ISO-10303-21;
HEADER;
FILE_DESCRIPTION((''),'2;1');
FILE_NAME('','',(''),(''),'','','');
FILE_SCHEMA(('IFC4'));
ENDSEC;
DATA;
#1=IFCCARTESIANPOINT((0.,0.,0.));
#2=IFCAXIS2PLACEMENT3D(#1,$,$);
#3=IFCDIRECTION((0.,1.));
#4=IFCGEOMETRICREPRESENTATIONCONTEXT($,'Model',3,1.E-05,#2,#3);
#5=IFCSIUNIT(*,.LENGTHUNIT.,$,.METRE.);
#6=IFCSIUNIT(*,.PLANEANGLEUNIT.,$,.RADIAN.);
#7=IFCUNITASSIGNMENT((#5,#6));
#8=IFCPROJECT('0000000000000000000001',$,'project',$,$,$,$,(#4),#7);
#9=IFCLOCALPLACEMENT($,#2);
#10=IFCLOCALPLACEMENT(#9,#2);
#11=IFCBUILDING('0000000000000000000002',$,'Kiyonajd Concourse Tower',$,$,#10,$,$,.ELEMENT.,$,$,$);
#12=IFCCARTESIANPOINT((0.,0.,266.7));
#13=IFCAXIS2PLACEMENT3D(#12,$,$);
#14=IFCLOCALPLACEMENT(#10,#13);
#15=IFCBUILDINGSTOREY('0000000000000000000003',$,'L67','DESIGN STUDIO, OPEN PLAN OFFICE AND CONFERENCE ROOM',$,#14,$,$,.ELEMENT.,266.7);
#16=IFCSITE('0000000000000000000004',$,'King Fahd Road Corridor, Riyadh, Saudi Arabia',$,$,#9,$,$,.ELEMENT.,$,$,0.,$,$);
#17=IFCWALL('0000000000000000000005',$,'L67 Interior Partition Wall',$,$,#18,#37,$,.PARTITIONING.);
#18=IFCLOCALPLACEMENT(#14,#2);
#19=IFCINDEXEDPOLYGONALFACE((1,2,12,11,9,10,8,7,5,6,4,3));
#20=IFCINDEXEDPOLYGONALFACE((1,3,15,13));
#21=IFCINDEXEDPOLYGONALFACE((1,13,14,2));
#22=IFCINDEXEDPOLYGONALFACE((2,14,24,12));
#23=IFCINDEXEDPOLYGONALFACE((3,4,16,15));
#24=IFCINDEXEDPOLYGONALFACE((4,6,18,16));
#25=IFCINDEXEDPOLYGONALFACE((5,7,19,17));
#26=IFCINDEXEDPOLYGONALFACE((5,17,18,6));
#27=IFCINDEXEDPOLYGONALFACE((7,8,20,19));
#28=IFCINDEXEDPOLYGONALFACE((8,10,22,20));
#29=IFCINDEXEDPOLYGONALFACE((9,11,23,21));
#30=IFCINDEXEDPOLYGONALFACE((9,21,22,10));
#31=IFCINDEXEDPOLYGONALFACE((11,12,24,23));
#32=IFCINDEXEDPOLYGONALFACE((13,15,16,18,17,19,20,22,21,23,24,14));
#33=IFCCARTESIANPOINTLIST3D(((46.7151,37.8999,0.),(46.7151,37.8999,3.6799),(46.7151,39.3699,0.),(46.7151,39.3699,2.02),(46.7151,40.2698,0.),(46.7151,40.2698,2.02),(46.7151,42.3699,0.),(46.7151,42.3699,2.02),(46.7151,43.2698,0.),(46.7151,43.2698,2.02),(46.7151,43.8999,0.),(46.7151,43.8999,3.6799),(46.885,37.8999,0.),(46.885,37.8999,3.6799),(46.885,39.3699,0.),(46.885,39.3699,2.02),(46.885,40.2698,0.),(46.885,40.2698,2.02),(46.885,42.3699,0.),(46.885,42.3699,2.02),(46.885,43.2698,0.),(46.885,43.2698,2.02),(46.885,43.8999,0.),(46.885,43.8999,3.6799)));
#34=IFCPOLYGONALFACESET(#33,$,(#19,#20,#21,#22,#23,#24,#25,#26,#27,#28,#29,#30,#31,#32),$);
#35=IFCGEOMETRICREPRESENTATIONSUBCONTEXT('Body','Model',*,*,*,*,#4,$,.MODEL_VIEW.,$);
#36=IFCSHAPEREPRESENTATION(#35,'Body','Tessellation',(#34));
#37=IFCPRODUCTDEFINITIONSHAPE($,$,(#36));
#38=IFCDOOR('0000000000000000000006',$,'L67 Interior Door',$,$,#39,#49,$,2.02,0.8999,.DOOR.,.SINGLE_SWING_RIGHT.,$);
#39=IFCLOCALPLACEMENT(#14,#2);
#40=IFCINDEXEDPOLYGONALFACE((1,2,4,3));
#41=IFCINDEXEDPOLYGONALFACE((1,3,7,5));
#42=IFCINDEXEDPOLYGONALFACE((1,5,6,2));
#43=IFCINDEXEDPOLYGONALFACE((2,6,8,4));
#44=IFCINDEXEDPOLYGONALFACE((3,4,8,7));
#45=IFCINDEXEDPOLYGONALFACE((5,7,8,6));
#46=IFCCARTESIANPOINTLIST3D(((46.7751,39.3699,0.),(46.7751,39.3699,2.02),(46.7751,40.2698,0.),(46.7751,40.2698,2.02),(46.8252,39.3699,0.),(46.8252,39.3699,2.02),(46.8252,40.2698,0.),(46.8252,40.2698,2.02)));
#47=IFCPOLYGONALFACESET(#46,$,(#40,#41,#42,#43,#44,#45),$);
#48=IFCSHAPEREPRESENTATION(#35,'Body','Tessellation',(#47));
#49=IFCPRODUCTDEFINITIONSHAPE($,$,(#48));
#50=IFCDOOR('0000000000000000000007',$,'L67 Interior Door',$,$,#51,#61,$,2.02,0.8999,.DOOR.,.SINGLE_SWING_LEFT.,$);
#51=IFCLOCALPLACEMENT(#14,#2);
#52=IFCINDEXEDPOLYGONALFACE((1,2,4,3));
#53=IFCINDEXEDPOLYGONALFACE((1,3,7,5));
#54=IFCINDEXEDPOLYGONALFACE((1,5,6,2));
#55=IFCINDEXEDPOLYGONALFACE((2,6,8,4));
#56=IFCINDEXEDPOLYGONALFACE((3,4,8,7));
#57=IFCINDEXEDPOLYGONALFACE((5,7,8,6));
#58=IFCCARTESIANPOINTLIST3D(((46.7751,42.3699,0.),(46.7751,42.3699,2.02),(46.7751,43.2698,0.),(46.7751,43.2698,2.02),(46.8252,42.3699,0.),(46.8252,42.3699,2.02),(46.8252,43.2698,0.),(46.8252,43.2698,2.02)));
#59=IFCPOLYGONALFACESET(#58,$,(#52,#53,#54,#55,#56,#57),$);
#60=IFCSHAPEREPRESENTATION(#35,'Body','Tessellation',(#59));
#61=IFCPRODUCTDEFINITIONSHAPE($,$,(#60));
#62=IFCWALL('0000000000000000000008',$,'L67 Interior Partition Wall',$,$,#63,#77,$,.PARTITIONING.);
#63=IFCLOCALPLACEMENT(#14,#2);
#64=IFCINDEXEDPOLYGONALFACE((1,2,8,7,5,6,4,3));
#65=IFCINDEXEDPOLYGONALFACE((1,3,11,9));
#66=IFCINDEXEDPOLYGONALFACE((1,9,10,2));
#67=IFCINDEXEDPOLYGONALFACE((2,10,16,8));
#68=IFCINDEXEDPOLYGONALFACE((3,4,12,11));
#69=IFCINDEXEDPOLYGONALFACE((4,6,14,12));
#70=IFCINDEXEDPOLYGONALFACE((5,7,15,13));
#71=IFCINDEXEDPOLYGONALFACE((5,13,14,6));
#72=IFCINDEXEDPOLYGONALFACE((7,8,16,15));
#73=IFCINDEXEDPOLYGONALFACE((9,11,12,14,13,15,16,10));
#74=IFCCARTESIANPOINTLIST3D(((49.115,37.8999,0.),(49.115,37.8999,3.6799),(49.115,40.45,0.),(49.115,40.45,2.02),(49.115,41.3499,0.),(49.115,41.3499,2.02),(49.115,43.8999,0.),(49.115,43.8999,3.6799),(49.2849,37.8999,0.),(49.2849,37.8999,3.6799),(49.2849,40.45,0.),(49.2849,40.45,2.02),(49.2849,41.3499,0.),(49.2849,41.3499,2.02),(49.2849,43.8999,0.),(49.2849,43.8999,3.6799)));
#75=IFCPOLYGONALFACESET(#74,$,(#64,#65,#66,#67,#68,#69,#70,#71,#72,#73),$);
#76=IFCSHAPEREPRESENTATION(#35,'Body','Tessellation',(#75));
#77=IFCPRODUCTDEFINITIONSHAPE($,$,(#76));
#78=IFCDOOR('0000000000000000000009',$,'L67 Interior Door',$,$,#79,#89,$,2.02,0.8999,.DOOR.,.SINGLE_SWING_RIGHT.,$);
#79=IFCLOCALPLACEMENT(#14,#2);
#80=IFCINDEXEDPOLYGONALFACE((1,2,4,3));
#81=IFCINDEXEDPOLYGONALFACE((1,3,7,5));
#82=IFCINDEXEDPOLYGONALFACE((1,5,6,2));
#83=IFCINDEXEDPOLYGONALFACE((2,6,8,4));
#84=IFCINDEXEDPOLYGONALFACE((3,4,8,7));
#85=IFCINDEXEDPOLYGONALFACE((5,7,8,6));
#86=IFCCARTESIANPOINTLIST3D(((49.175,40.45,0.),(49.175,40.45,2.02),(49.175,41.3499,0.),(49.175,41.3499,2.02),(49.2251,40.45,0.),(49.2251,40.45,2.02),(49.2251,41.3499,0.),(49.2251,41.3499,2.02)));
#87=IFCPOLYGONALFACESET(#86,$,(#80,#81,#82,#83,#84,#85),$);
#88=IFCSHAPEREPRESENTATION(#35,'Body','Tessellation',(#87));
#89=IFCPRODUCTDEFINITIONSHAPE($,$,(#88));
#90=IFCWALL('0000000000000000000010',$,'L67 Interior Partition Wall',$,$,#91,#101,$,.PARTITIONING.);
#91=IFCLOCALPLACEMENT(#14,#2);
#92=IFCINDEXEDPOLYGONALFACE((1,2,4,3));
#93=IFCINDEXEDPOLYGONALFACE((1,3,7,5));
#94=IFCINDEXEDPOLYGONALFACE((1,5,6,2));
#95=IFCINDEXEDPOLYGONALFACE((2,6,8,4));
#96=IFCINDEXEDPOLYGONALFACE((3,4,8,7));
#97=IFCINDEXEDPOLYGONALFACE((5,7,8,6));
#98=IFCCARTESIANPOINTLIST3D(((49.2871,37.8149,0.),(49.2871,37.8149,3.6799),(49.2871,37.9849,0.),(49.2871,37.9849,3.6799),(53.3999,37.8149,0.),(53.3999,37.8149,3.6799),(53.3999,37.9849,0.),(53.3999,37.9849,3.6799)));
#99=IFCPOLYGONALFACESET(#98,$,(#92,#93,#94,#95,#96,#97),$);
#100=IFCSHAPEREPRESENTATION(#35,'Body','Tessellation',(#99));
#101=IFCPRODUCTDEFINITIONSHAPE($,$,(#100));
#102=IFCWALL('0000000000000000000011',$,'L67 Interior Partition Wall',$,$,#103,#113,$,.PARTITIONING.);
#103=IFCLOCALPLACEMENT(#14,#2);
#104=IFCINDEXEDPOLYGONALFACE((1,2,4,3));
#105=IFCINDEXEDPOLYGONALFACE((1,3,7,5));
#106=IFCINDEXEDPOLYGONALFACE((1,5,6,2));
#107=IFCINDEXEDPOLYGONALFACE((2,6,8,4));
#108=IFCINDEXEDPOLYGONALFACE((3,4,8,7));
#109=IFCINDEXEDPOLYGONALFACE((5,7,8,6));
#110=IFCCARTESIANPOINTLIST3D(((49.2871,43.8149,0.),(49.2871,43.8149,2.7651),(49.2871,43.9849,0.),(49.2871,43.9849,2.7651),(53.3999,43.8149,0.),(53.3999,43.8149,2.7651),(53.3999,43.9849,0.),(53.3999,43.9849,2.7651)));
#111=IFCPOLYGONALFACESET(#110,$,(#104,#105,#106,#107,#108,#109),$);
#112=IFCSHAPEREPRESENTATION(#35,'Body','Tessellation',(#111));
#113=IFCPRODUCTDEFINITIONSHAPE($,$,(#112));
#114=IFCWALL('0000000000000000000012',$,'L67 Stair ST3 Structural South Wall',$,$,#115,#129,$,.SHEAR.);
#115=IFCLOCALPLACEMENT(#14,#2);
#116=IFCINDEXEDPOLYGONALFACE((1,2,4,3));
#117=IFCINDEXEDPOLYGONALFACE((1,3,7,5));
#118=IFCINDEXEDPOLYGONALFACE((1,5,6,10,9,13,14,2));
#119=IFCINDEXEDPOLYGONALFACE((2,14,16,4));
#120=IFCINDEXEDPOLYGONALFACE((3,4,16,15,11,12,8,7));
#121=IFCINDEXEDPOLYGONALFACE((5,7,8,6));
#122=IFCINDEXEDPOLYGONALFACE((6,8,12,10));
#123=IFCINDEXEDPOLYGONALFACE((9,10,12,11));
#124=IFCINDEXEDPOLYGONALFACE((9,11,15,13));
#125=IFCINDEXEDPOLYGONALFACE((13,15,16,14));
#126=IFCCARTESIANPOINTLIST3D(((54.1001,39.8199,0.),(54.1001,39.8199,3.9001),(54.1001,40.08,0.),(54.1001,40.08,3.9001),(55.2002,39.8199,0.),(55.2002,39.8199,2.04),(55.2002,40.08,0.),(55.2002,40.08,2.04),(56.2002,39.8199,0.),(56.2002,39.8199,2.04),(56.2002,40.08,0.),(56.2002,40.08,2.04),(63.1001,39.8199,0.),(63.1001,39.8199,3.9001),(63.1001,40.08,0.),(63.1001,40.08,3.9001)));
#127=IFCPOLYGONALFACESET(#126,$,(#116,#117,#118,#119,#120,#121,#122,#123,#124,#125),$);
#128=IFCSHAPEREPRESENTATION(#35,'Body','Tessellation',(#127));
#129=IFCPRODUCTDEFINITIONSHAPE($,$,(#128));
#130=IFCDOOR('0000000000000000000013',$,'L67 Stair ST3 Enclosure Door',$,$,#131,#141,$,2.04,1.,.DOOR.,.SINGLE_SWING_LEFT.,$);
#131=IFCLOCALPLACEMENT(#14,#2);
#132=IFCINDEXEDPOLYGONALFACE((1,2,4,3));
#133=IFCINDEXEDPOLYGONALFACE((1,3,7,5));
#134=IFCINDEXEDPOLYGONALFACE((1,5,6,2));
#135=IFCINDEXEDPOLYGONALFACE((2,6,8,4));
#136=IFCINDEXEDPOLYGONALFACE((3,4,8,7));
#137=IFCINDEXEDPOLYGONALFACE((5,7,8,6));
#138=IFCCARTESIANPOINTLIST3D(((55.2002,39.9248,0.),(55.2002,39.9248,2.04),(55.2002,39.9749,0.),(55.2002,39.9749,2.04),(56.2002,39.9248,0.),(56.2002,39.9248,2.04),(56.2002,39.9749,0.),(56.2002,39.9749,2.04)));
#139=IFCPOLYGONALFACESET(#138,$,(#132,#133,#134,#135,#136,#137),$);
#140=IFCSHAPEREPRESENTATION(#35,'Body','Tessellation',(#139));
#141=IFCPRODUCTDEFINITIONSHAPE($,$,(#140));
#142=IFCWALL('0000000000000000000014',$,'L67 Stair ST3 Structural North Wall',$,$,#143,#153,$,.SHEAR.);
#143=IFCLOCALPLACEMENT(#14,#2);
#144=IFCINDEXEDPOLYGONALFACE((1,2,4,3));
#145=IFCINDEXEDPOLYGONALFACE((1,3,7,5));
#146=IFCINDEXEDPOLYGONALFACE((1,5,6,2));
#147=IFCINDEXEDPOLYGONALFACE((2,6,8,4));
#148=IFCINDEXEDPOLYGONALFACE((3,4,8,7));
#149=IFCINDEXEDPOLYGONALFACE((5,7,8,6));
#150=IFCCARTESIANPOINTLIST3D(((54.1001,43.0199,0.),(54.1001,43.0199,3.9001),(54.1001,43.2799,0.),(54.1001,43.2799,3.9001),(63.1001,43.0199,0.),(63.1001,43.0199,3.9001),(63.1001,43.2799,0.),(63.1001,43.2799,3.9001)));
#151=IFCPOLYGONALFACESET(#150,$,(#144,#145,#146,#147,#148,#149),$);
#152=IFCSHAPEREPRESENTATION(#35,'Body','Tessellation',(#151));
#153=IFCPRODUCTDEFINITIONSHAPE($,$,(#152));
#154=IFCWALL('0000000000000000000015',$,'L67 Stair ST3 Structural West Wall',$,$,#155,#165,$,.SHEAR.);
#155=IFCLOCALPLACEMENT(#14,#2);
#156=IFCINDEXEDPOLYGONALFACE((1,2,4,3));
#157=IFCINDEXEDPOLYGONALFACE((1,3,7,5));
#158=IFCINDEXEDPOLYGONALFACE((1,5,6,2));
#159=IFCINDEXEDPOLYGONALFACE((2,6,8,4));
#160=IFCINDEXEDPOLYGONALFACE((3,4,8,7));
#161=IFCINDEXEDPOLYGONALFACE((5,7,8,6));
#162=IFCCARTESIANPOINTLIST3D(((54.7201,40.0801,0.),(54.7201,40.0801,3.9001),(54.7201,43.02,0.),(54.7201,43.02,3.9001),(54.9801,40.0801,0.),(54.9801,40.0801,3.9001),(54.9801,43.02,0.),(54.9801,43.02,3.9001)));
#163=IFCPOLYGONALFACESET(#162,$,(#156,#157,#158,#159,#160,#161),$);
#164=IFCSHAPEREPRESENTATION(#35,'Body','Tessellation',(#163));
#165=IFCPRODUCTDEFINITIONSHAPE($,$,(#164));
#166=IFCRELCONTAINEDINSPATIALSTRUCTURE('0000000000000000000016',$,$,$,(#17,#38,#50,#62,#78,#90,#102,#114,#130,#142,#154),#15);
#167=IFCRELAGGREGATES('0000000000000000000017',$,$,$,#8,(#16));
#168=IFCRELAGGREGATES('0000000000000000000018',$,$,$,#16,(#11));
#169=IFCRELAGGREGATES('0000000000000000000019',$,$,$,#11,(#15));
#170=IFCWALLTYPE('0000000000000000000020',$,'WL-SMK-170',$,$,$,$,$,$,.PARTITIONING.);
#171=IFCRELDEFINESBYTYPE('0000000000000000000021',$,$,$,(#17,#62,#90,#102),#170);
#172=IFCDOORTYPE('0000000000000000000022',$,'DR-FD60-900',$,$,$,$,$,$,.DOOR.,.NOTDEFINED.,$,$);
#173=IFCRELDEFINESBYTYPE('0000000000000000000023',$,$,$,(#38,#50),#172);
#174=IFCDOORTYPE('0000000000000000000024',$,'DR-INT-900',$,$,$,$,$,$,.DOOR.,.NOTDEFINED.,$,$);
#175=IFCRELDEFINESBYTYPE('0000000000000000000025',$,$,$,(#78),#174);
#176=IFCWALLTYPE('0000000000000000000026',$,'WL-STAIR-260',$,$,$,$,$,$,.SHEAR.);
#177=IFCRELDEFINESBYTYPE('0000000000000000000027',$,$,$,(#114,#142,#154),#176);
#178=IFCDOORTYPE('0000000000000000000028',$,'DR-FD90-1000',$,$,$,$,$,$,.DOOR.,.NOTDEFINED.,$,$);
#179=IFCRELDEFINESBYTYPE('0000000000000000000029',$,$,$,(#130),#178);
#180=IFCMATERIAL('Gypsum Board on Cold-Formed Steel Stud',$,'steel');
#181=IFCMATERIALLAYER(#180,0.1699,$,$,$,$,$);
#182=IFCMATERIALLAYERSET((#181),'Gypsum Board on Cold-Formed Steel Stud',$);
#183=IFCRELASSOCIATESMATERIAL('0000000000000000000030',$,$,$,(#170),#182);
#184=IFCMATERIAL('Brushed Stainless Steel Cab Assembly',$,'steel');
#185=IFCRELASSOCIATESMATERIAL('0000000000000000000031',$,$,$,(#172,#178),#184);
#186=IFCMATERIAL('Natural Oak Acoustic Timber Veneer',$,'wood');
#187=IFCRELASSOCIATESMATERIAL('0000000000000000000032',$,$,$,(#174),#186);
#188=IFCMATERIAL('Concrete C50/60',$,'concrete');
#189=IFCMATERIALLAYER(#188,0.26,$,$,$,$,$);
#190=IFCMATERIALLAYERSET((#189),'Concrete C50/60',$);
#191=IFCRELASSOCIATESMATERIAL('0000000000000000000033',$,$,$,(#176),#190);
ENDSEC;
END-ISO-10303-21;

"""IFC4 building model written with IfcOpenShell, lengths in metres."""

from ifc_helpers import new_model, si_unit, direction, frame, frame_2d, origin, place, context, subcontext, project, spatial, rectangle, extrude, material, layer, layer_set, type_object, element, fill, save


model = new_model("IFC4")

# Units and contexts
model_context = context("Model", 3, precision=1e-05, world=origin(), true_north=direction((0.0, 1.0)))
body_context = subcontext(model_context, "Body", "Model", "MODEL_VIEW")
ifc_project = project(units=[si_unit("LENGTHUNIT", "METRE"), si_unit("PLANEANGLEUNIT", "RADIAN")], contexts=[model_context])

# Site, building, storey
site_placement = place(None, origin())
site = spatial("IfcSite", under=ifc_project, at=site_placement, Name="King Fahd Road Corridor, Riyadh, Saudi Arabia", CompositionType="ELEMENT", RefElevation=0.0)
building_placement = place(site_placement, origin())
building = spatial("IfcBuilding", under=site, at=building_placement, Name="Kiyonajd Concourse Tower", CompositionType="ELEMENT")
storey_placement = place(building_placement, frame((0.0, 0.0, 266.7)))
storey = spatial("IfcBuildingStorey", under=building, at=storey_placement, Name="L67", Description="DESIGN STUDIO, OPEN PLAN OFFICE AND CONFERENCE ROOM", CompositionType="ELEMENT", Elevation=266.7)

# Shared definitions
ifc_material_1 = material(Name="Concrete C50/60", Category="concrete")

# Shared definitions
ifc_material_2 = material(Name="Gypsum Board on Cold-Formed Steel Stud", Category="steel")

# Wall, openings, doors
ifc_layer_1 = layer(ifc_material_2, 0.1699)
ifc_layer_set_1 = layer_set([ifc_layer_1], Name="Gypsum Board on Cold-Formed Steel Stud")
wall_type_1 = type_object("IfcWallType", Name="WL-SMK-170", PredefinedType="PARTITIONING", material=ifc_layer_set_1)
wall_1_placement = place(storey_placement, frame((46.8, 37.8999, 0.0), z_axis=(0.0, 0.0, 1.0), x_axis=(0.0, 1.0, 0.0)))
wall_1 = element("IfcWall", 1, at=wall_1_placement, inside=storey, type_object=wall_type_1, Name="L67 Interior Partition Wall", PredefinedType="PARTITIONING", context=body_context, shape_type="SweptSolid", body=[
    extrude(rectangle(XDim=6.0, YDim=0.1699, at=frame_2d((3.0, 0.0))), origin(), (0.0, 0.0, 1.0), 3.6799),
])
opening_1_placement = place(wall_1_placement, frame((1.47, 0.0, 0.0)))
opening_1 = element("IfcOpeningElement", 2, at=opening_1_placement, cuts=wall_1, PredefinedType="OPENING", context=body_context, shape_type="SweptSolid", body=[
    extrude(rectangle(XDim=0.8999, YDim=2.02, at=frame_2d((0.45, 1.01))), frame((0.0, 0.095, 0.0), z_axis=(0.0, -1.0, 0.0), x_axis=(1.0, 0.0, 0.0)), (0.0, 0.0, 1.0), 0.1899),
])
opening_2_placement = place(wall_1_placement, frame((4.47, 0.0, 0.0)))
opening_2 = element("IfcOpeningElement", 3, at=opening_2_placement, cuts=wall_1, PredefinedType="OPENING", context=body_context, shape_type="SweptSolid", body=[
    extrude(rectangle(XDim=0.8999, YDim=2.02, at=frame_2d((0.45, 1.01))), frame((0.0, 0.095, 0.0), z_axis=(0.0, -1.0, 0.0), x_axis=(1.0, 0.0, 0.0)), (0.0, 0.0, 1.0), 0.1899),
])
ifc_material_3 = material(Name="Brushed Stainless Steel Cab Assembly", Category="steel")
door_type_1 = type_object("IfcDoorType", Name="DR-FD60-900", OperationType="NOTDEFINED", PredefinedType="DOOR", material=ifc_material_3)
door_1_placement = place(opening_1_placement, origin())
door_1 = element("IfcDoor", 4, at=door_1_placement, inside=storey, type_object=door_type_1, Name="L67 Interior Door", OperationType="SINGLE_SWING_RIGHT", OverallHeight=2.02, OverallWidth=0.8999, PredefinedType="DOOR", context=body_context, shape_type="SweptSolid", body=[
    extrude(rectangle(XDim=0.8999, YDim=2.02, at=frame_2d((0.45, 1.01))), frame((0.0, 0.0249, 0.0), z_axis=(0.0, -1.0, 0.0), x_axis=(1.0, 0.0, 0.0)), (0.0, 0.0, 1.0), 0.05),
])
fill(opening_1, door_1)
door_2_placement = place(opening_2_placement, origin())
door_2 = element("IfcDoor", 5, at=door_2_placement, inside=storey, type_object=door_type_1, Name="L67 Interior Door", OperationType="SINGLE_SWING_LEFT", OverallHeight=2.02, OverallWidth=0.8999, PredefinedType="DOOR", context=body_context, shape_type="SweptSolid", body=[
    extrude(rectangle(XDim=0.8999, YDim=2.02, at=frame_2d((0.45, 1.01))), frame((0.0, 0.0249, 0.0), z_axis=(0.0, -1.0, 0.0), x_axis=(1.0, 0.0, 0.0)), (0.0, 0.0, 1.0), 0.05),
])
fill(opening_2, door_2)

# Wall, opening, door
wall_2_placement = place(storey_placement, frame((49.2, 37.8999, 0.0), z_axis=(0.0, 0.0, 1.0), x_axis=(0.0, 1.0, 0.0)))
wall_2 = element("IfcWall", 6, at=wall_2_placement, inside=storey, type_object=wall_type_1, Name="L67 Interior Partition Wall", PredefinedType="PARTITIONING", context=body_context, shape_type="SweptSolid", body=[
    extrude(rectangle(XDim=6.0, YDim=0.1699, at=frame_2d((3.0, 0.0))), origin(), (0.0, 0.0, 1.0), 3.6799),
])
opening_3_placement = place(wall_2_placement, frame((2.55, 0.0, 0.0)))
opening_3 = element("IfcOpeningElement", 7, at=opening_3_placement, cuts=wall_2, PredefinedType="OPENING", context=body_context, shape_type="SweptSolid", body=[
    extrude(rectangle(XDim=0.8999, YDim=2.02, at=frame_2d((0.45, 1.01))), frame((0.0, 0.095, 0.0), z_axis=(0.0, -1.0, 0.0), x_axis=(1.0, 0.0, 0.0)), (0.0, 0.0, 1.0), 0.1899),
])
ifc_material_4 = material(Name="Natural Oak Acoustic Timber Veneer", Category="wood")
door_type_2 = type_object("IfcDoorType", Name="DR-INT-900", OperationType="NOTDEFINED", PredefinedType="DOOR", material=ifc_material_4)
door_3_placement = place(opening_3_placement, origin())
door_3 = element("IfcDoor", 8, at=door_3_placement, inside=storey, type_object=door_type_2, Name="L67 Interior Door", OperationType="SINGLE_SWING_RIGHT", OverallHeight=2.02, OverallWidth=0.8999, PredefinedType="DOOR", context=body_context, shape_type="SweptSolid", body=[
    extrude(rectangle(XDim=0.8999, YDim=2.02, at=frame_2d((0.45, 1.01))), frame((0.0, 0.0249, 0.0), z_axis=(0.0, -1.0, 0.0), x_axis=(1.0, 0.0, 0.0)), (0.0, 0.0, 1.0), 0.05),
])
fill(opening_3, door_3)

# Walls
wall_3_placement = place(storey_placement, frame((49.2871, 37.8999, 0.0), z_axis=(0.0, 0.0, 1.0), x_axis=(1.0, 0.0, 0.0)))
element("IfcWall", 9, at=wall_3_placement, inside=storey, type_object=wall_type_1, Name="L67 Interior Partition Wall", PredefinedType="PARTITIONING", context=body_context, shape_type="SweptSolid", body=[
    extrude(rectangle(XDim=4.1128, YDim=0.1699, at=frame_2d((2.0564, 0.0))), origin(), (0.0, 0.0, 1.0), 3.6799),
])
wall_4_placement = place(storey_placement, frame((49.2871, 43.8999, 0.0), z_axis=(0.0, 0.0, 1.0), x_axis=(1.0, 0.0, 0.0)))
element("IfcWall", 10, at=wall_4_placement, inside=storey, type_object=wall_type_1, Name="L67 Interior Partition Wall", PredefinedType="PARTITIONING", context=body_context, shape_type="SweptSolid", body=[
    extrude(rectangle(XDim=4.1128, YDim=0.1699, at=frame_2d((2.0564, 0.0))), origin(), (0.0, 0.0, 1.0), 2.7651),
])

# Wall, opening, door
ifc_layer_2 = layer(ifc_material_1, 0.26)
ifc_layer_set_2 = layer_set([ifc_layer_2], Name="Concrete C50/60")
wall_type_2 = type_object("IfcWallType", Name="WL-STAIR-260", PredefinedType="SHEAR", material=ifc_layer_set_2)
wall_5_placement = place(storey_placement, frame((54.1001, 39.95, 0.0), z_axis=(0.0, 0.0, 1.0), x_axis=(1.0, 0.0, 0.0)))
wall_5 = element("IfcWall", 11, at=wall_5_placement, inside=storey, type_object=wall_type_2, Name="L67 Stair ST3 Structural South Wall", PredefinedType="SHEAR", context=body_context, shape_type="SweptSolid", body=[
    extrude(rectangle(XDim=9.0, YDim=0.26, at=frame_2d((4.5, 0.0))), origin(), (0.0, 0.0, 1.0), 3.9001),
])
opening_4_placement = place(wall_5_placement, frame((1.1001, 0.0, 0.0)))
opening_4 = element("IfcOpeningElement", 12, at=opening_4_placement, cuts=wall_5, PredefinedType="OPENING", context=body_context, shape_type="SweptSolid", body=[
    extrude(rectangle(XDim=1.0, YDim=2.04, at=frame_2d((0.5, 1.02))), frame((0.0, 0.1399, 0.0), z_axis=(0.0, -1.0, 0.0), x_axis=(1.0, 0.0, 0.0)), (0.0, 0.0, 1.0), 0.28),
])
door_type_3 = type_object("IfcDoorType", Name="DR-FD90-1000", OperationType="NOTDEFINED", PredefinedType="DOOR", material=ifc_material_3)
door_4_placement = place(opening_4_placement, origin())
door_4 = element("IfcDoor", 13, at=door_4_placement, inside=storey, type_object=door_type_3, Name="L67 Stair ST3 Enclosure Door", OperationType="SINGLE_SWING_LEFT", OverallHeight=2.04, OverallWidth=1.0, PredefinedType="DOOR", context=body_context, shape_type="SweptSolid", body=[
    extrude(rectangle(XDim=1.0, YDim=2.04, at=frame_2d((0.5, 1.02))), frame((0.0, 0.0249, 0.0), z_axis=(0.0, -1.0, 0.0), x_axis=(1.0, 0.0, 0.0)), (0.0, 0.0, 1.0), 0.05),
])
fill(opening_4, door_4)

# Walls
wall_6_placement = place(storey_placement, frame((54.1001, 43.1499, 0.0), z_axis=(0.0, 0.0, 1.0), x_axis=(1.0, 0.0, 0.0)))
element("IfcWall", 14, at=wall_6_placement, inside=storey, type_object=wall_type_2, Name="L67 Stair ST3 Structural North Wall", PredefinedType="SHEAR", context=body_context, shape_type="SweptSolid", body=[
    extrude(rectangle(XDim=9.0, YDim=0.26, at=frame_2d((4.5, 0.0))), origin(), (0.0, 0.0, 1.0), 3.9001),
])
wall_7_placement = place(storey_placement, frame((54.8501, 40.0801, 0.0), z_axis=(0.0, 0.0, 1.0), x_axis=(0.0, 1.0, 0.0)))
element("IfcWall", 15, at=wall_7_placement, inside=storey, type_object=wall_type_2, Name="L67 Stair ST3 Structural West Wall", PredefinedType="SHEAR", context=body_context, shape_type="SweptSolid", body=[
    extrude(rectangle(XDim=2.9399, YDim=0.26, at=frame_2d((1.47, 0.0))), origin(), (0.0, 0.0, 1.0), 3.9001),
])

save(model, "model.ifc")
